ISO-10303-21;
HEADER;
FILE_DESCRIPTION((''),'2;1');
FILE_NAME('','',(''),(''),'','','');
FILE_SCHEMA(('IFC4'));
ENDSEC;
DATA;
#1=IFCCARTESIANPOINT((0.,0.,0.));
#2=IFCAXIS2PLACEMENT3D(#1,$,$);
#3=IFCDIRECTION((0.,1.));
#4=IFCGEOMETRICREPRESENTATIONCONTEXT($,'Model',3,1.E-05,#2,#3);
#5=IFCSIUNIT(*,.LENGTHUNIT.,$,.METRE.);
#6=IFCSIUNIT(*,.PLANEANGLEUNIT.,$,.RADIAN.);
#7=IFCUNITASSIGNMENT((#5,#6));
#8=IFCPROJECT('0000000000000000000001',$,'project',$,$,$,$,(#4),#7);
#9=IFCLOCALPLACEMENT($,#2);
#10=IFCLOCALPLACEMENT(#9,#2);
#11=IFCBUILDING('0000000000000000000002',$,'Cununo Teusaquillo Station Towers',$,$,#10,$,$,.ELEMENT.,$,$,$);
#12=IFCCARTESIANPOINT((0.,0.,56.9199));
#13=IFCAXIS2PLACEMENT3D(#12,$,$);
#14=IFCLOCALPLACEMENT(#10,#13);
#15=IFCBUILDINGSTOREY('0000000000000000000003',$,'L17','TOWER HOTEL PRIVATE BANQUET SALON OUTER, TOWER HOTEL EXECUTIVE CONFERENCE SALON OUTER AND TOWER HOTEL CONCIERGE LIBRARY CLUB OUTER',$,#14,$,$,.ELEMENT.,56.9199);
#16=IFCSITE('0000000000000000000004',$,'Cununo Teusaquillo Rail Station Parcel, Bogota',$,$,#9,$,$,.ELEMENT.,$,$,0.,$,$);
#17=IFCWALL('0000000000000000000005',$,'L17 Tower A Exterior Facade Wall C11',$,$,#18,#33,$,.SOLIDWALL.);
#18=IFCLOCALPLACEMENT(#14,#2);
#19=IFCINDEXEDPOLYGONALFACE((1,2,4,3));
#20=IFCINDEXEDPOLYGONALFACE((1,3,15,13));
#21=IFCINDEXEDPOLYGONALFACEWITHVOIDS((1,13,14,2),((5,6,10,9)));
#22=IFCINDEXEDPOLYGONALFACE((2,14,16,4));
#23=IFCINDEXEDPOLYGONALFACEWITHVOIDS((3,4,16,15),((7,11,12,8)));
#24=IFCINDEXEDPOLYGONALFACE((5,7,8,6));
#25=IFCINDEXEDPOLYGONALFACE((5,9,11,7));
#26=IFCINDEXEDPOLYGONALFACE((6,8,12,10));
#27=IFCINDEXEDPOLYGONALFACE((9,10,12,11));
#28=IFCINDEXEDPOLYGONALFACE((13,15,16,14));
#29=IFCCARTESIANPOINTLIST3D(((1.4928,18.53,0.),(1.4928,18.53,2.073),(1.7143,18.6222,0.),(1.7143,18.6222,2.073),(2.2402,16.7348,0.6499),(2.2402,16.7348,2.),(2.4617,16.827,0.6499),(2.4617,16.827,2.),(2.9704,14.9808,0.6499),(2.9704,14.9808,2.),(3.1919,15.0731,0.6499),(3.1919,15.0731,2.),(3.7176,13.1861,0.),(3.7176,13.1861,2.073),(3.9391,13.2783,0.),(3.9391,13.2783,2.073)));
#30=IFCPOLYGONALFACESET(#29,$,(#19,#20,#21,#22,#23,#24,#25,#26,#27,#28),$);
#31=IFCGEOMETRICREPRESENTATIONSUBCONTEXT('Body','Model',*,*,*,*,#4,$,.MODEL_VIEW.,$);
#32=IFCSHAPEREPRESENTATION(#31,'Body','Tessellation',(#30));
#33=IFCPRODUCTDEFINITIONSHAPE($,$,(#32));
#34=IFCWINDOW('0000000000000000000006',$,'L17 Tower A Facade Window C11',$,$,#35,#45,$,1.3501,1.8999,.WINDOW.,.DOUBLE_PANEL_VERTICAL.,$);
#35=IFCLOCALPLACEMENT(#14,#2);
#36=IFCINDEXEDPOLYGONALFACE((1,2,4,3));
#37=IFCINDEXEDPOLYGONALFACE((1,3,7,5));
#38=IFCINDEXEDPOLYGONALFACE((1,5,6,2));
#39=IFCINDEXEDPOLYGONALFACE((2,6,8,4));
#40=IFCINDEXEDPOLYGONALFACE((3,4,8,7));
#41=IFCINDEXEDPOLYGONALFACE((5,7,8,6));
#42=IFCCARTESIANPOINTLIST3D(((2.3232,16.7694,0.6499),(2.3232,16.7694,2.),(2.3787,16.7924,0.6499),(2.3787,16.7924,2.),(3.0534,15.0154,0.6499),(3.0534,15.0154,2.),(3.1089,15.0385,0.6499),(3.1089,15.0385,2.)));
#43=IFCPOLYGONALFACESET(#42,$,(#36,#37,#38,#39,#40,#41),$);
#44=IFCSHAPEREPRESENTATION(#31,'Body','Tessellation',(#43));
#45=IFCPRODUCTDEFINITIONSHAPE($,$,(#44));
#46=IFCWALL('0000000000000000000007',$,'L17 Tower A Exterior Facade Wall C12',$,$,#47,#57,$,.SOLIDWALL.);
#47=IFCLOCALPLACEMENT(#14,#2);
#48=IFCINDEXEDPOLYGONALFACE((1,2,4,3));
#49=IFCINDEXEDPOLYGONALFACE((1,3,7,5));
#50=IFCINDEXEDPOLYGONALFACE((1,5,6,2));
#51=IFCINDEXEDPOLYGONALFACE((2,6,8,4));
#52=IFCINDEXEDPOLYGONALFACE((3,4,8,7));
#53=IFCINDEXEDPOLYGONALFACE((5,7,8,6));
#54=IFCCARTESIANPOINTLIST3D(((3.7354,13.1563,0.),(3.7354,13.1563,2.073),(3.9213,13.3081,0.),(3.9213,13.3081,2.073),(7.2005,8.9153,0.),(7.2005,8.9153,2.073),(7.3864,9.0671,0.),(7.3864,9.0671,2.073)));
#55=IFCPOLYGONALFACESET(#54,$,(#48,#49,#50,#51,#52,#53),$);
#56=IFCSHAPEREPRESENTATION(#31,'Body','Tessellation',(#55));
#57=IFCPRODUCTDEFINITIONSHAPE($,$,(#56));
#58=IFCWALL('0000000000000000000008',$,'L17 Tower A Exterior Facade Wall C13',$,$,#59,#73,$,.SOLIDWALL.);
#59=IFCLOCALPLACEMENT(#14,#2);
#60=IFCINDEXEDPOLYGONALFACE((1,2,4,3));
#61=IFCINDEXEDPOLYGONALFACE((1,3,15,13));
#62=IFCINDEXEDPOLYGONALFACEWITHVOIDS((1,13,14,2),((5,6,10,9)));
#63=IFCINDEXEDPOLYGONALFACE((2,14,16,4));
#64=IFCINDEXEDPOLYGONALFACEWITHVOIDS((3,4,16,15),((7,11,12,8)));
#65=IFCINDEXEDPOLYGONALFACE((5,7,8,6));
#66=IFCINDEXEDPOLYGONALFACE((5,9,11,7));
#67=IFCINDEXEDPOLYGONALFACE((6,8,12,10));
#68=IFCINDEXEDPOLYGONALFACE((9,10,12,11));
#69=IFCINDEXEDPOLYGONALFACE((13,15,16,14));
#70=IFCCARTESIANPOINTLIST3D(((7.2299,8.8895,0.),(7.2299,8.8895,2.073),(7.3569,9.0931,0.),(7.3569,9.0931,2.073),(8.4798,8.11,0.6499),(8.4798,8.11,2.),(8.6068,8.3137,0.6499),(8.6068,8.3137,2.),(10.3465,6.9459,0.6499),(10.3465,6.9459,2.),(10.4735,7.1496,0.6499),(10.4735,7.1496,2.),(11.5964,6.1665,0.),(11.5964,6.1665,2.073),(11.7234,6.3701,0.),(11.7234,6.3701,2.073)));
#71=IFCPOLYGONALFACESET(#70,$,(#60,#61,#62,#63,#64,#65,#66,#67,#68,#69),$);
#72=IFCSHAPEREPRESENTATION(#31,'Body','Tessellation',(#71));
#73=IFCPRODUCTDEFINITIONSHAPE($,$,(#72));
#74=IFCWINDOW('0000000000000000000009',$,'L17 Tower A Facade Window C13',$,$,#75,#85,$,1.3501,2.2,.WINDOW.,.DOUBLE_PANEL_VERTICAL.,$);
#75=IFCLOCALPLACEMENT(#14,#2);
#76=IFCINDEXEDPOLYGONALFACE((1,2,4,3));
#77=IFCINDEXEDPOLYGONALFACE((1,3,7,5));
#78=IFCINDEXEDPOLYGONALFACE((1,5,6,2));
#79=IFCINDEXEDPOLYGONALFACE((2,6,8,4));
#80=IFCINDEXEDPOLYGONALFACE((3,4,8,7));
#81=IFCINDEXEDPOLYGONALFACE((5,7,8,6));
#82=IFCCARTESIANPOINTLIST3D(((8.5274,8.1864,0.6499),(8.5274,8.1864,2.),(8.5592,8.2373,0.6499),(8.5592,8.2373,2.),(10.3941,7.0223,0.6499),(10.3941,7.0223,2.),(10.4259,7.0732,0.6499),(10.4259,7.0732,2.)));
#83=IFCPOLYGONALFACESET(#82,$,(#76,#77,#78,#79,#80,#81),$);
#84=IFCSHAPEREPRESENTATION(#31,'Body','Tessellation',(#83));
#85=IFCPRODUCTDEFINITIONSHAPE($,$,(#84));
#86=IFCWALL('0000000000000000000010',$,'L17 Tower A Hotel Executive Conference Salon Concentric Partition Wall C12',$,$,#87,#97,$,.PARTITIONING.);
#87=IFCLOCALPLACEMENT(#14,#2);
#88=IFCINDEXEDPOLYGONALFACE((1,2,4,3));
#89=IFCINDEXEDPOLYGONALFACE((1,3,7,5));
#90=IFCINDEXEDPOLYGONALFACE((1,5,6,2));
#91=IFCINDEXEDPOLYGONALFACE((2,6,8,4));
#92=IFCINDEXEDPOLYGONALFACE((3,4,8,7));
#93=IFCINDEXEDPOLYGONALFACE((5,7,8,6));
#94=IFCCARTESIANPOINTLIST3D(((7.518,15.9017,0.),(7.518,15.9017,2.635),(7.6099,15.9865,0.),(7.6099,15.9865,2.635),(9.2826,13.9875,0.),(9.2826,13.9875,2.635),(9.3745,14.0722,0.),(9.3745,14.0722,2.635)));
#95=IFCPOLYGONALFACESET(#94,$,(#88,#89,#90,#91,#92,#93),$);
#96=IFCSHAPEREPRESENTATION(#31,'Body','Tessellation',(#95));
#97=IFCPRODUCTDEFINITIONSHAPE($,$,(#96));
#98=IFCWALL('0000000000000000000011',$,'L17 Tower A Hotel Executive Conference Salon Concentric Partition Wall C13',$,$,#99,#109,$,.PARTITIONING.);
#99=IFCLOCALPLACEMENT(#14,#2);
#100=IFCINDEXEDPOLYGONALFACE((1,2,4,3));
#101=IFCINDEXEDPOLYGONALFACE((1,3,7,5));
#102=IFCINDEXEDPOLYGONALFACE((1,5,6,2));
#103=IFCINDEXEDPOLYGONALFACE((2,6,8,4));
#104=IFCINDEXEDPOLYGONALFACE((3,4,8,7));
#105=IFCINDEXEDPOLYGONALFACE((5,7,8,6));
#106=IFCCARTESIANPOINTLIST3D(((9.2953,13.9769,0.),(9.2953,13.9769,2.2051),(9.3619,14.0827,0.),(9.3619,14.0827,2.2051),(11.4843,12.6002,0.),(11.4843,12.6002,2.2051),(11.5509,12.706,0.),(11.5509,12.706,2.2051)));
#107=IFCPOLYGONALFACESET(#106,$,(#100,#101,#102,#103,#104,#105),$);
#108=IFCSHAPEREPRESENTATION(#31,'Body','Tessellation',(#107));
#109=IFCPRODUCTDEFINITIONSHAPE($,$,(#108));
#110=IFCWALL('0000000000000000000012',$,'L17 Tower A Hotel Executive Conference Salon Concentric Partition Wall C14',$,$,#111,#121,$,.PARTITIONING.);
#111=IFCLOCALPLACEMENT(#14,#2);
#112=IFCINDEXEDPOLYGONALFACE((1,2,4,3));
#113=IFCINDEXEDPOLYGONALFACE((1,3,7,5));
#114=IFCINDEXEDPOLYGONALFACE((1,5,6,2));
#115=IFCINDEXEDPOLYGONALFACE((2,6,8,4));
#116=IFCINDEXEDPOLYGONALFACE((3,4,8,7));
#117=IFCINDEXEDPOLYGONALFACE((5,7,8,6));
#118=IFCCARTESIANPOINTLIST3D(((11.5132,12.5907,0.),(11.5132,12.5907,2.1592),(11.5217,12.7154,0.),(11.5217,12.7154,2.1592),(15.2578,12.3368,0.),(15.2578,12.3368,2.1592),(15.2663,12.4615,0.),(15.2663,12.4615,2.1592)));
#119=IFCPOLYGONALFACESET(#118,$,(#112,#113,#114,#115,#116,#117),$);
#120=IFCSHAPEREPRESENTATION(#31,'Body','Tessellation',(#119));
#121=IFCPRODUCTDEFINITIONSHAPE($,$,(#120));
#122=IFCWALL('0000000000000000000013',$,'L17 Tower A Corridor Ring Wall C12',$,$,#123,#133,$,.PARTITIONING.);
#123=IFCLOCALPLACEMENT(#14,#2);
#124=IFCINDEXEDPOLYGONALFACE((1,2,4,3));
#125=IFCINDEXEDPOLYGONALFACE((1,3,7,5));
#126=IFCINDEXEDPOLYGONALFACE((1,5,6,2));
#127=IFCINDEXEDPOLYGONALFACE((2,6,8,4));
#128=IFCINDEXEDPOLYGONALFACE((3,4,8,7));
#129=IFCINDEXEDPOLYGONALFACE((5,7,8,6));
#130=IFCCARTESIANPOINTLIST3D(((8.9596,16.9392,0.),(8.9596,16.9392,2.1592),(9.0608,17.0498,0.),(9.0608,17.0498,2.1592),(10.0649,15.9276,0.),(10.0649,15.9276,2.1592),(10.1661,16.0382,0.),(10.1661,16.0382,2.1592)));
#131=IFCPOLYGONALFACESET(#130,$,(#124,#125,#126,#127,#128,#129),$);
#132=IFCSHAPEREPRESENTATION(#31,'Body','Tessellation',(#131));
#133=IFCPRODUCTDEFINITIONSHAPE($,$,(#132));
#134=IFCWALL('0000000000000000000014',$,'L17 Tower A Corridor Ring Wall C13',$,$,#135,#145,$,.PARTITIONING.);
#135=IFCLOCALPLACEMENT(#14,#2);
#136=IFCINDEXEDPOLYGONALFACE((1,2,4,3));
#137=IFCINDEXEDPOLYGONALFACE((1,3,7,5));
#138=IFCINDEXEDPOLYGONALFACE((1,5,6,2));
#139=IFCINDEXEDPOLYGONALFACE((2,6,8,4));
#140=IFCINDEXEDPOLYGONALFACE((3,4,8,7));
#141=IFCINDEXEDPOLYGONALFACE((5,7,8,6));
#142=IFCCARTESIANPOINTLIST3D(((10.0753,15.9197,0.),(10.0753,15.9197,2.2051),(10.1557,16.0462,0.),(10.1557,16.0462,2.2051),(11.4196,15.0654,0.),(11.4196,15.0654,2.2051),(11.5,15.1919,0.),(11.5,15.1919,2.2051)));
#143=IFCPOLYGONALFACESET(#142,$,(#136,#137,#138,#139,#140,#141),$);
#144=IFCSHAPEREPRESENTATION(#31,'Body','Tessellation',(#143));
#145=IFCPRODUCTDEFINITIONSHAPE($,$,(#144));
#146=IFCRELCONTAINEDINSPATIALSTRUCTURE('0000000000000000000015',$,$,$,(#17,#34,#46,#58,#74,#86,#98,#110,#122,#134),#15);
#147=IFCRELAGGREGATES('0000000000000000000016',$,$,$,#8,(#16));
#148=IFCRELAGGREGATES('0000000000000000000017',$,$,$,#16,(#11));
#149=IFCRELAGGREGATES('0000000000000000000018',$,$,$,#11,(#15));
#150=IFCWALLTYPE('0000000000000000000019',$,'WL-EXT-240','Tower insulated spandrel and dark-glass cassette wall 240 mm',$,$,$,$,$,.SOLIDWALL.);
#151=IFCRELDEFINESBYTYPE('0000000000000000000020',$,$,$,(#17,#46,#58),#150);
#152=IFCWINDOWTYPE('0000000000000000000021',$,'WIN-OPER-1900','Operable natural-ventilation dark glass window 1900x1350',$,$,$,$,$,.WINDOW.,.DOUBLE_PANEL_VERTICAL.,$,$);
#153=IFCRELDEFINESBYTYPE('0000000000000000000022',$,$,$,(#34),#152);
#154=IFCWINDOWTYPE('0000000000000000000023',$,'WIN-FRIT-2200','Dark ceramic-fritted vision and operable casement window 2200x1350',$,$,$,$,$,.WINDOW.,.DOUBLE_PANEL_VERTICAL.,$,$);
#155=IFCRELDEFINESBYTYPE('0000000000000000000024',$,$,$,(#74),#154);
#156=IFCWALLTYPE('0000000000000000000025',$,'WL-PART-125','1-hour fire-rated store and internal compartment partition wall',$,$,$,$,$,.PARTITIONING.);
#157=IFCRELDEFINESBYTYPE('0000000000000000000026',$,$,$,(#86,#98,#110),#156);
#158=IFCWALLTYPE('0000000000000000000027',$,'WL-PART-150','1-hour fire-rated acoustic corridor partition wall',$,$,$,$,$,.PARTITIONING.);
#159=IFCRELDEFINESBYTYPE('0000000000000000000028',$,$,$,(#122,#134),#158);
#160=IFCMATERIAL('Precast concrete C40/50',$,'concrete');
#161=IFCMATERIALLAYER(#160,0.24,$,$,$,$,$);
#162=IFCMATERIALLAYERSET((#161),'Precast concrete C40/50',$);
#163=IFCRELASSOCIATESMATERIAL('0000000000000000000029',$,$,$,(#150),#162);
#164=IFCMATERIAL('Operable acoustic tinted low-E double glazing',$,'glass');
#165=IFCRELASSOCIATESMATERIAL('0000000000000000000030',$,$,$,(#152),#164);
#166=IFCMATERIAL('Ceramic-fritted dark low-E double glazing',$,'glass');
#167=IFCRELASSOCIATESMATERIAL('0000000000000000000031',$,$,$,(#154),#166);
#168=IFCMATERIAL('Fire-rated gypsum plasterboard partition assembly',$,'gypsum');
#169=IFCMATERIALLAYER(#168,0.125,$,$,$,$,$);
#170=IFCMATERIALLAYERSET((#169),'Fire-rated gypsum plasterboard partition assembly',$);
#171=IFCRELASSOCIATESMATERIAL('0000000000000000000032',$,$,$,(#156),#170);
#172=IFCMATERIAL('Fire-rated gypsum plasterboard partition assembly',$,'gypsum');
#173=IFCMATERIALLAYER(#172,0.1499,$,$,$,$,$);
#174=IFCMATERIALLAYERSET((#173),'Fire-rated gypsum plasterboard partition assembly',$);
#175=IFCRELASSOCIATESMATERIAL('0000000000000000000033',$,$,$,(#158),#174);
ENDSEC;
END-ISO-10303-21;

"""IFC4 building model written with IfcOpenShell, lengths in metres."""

from ifc_helpers import new_model, si_unit, direction, frame, frame_2d, origin, place, context, subcontext, project, spatial, rectangle, extrude, source, transform, mapped, material, layer, layer_set, type_object, element, fill, save


model = new_model("IFC4")

# Units and contexts
model_context = context("Model", 3, precision=1e-05, world=origin(), true_north=direction((0.0, 1.0)))
body_context = subcontext(model_context, "Body", "Model", "MODEL_VIEW")
ifc_project = project(units=[si_unit("LENGTHUNIT", "METRE"), si_unit("PLANEANGLEUNIT", "RADIAN")], contexts=[model_context])

# Site, building, storey
site_placement = place(None, origin())
site = spatial("IfcSite", under=ifc_project, at=site_placement, Name="Cununo Teusaquillo Rail Station Parcel, Bogota", CompositionType="ELEMENT", RefElevation=0.0)
building_placement = place(site_placement, origin())
building = spatial("IfcBuilding", under=site, at=building_placement, Name="Cununo Teusaquillo Station Towers", CompositionType="ELEMENT")
storey_placement = place(building_placement, frame((0.0, 0.0, 56.9199)))
storey = spatial("IfcBuildingStorey", under=building, at=storey_placement, Name="L17", Description="TOWER HOTEL PRIVATE BANQUET SALON OUTER, TOWER HOTEL EXECUTIVE CONFERENCE SALON OUTER AND TOWER HOTEL CONCIERGE LIBRARY CLUB OUTER", CompositionType="ELEMENT", Elevation=56.9199)

# Wall, opening, window
ifc_material_1 = material(Name="Precast concrete C40/50", Category="concrete")
ifc_layer_1 = layer(ifc_material_1, 0.24)
ifc_layer_set_1 = layer_set([ifc_layer_1], Name="Precast concrete C40/50")
wall_type_1 = type_object("IfcWallType", Name="WL-EXT-240", Description="Tower insulated spandrel and dark-glass cassette wall 240 mm", PredefinedType="SOLIDWALL", material=ifc_layer_set_1)
wall_1_placement = place(storey_placement, frame((3.8284, 13.2322, 0.0), z_axis=(0.0, 0.0, 1.0), x_axis=(-0.384349, 0.923188, 0.0)))
wall_1 = element("IfcWall", 1, at=wall_1_placement, inside=storey, type_object=wall_type_1, Name="L17 Tower A Exterior Facade Wall C11", PredefinedType="SOLIDWALL", context=body_context, shape_type="SweptSolid", body=[
    extrude(rectangle(XDim=5.7886, YDim=0.24, at=frame_2d((2.8943, 0.0))), origin(), (0.0, 0.0, 1.0), 2.073),
])
shared_shape_1 = source(origin(), body_context, "Body", "SweptSolid", [
    extrude(rectangle(XDim=1.8999, YDim=1.3501, at=frame_2d((0.95, 0.675))), frame((0.0, 0.1299, 0.0), z_axis=(0.0, -1.0, 0.0), x_axis=(1.0, 0.0, 0.0)), (0.0, 0.0, 1.0), 0.26),
])
opening_1_placement = place(wall_1_placement, frame((1.9441, 0.0, 0.6499)))
opening_1 = element("IfcOpeningElement", 2, at=opening_1_placement, cuts=wall_1, PredefinedType="OPENING", context=body_context, shape_type="MappedRepresentation", body=[
    mapped(shared_shape_1, transform((0.0, 0.0, 0.0), x_axis=(1.0, 0.0, 0.0), y_axis=(0.0, 1.0, 0.0), z_axis=(0.0, 0.0, 1.0), scale=1.0)),
])
ifc_material_2 = material(Name="Operable acoustic tinted low-E double glazing", Category="glass")
window_type_1 = type_object("IfcWindowType", Name="WIN-OPER-1900", Description="Operable natural-ventilation dark glass window 1900x1350", PartitioningType="DOUBLE_PANEL_VERTICAL", PredefinedType="WINDOW", material=ifc_material_2)
shared_shape_2 = source(origin(), body_context, "Body", "SweptSolid", [
    extrude(rectangle(XDim=1.8999, YDim=1.3501, at=frame_2d((0.95, 0.675))), frame((0.0, 0.03, 0.0), z_axis=(0.0, -1.0, 0.0), x_axis=(1.0, 0.0, 0.0)), (0.0, 0.0, 1.0), 0.0601),
])
window_1_placement = place(opening_1_placement, origin())
window_1 = element("IfcWindow", 3, at=window_1_placement, inside=storey, type_object=window_type_1, Name="L17 Tower A Facade Window C11", OverallHeight=1.3501, OverallWidth=1.8999, PartitioningType="DOUBLE_PANEL_VERTICAL", PredefinedType="WINDOW", context=body_context, shape_type="MappedRepresentation", body=[
    mapped(shared_shape_2, transform((0.0, 0.0, 0.0), x_axis=(1.0, 0.0, 0.0), y_axis=(0.0, 1.0, 0.0), z_axis=(0.0, 0.0, 1.0), scale=1.0)),
])
fill(opening_1, window_1)

# Wall
wall_2_placement = place(storey_placement, frame((7.2935, 8.9912, 0.0), z_axis=(0.0, 0.0, 1.0), x_axis=(-0.632713, 0.774386, 0.0)))
element("IfcWall", 4, at=wall_2_placement, inside=storey, type_object=wall_type_1, Name="L17 Tower A Exterior Facade Wall C12", PredefinedType="SOLIDWALL", context=body_context, shape_type="SweptSolid", body=[
    extrude(rectangle(XDim=5.4766, YDim=0.24, at=frame_2d((2.7383, 0.0))), origin(), (0.0, 0.0, 1.0), 2.073),
])

# Wall, opening, window
wall_3_placement = place(storey_placement, frame((11.6599, 6.2683, 0.0), z_axis=(0.0, 0.0, 1.0), x_axis=(-0.848534, 0.529141, 0.0)))
wall_3 = element("IfcWall", 5, at=wall_3_placement, inside=storey, type_object=wall_type_1, Name="L17 Tower A Exterior Facade Wall C13", PredefinedType="SOLIDWALL", context=body_context, shape_type="SweptSolid", body=[
    extrude(rectangle(XDim=5.146, YDim=0.24, at=frame_2d((2.573, 0.0))), origin(), (0.0, 0.0, 1.0), 2.073),
])
shared_shape_3 = source(origin(), body_context, "Body", "SweptSolid", [
    extrude(rectangle(XDim=2.2, YDim=1.3501, at=frame_2d((1.1001, 0.675))), frame((0.0, 0.1299, 0.0), z_axis=(0.0, -1.0, 0.0), x_axis=(1.0, 0.0, 0.0)), (0.0, 0.0, 1.0), 0.26),
])
opening_2_placement = place(wall_3_placement, frame((1.4729, 0.0, 0.6499)))
opening_2 = element("IfcOpeningElement", 6, at=opening_2_placement, cuts=wall_3, PredefinedType="OPENING", context=body_context, shape_type="MappedRepresentation", body=[
    mapped(shared_shape_3, transform((0.0, 0.0, 0.0), x_axis=(1.0, 0.0, 0.0), y_axis=(0.0, 1.0, 0.0), z_axis=(0.0, 0.0, 1.0), scale=1.0)),
])
ifc_material_3 = material(Name="Ceramic-fritted dark low-E double glazing", Category="glass")
window_type_2 = type_object("IfcWindowType", Name="WIN-FRIT-2200", Description="Dark ceramic-fritted vision and operable casement window 2200x1350", PartitioningType="DOUBLE_PANEL_VERTICAL", PredefinedType="WINDOW", material=ifc_material_3)
shared_shape_4 = source(origin(), body_context, "Body", "SweptSolid", [
    extrude(rectangle(XDim=2.2, YDim=1.3501, at=frame_2d((1.1001, 0.675))), frame((0.0, 0.03, 0.0), z_axis=(0.0, -1.0, 0.0), x_axis=(1.0, 0.0, 0.0)), (0.0, 0.0, 1.0), 0.0601),
])
window_2_placement = place(opening_2_placement, origin())
window_2 = element("IfcWindow", 7, at=window_2_placement, inside=storey, type_object=window_type_2, Name="L17 Tower A Facade Window C13", OverallHeight=1.3501, OverallWidth=2.2, PartitioningType="DOUBLE_PANEL_VERTICAL", PredefinedType="WINDOW", context=body_context, shape_type="MappedRepresentation", body=[
    mapped(shared_shape_4, transform((0.0, 0.0, 0.0), x_axis=(1.0, 0.0, 0.0), y_axis=(0.0, 1.0, 0.0), z_axis=(0.0, 0.0, 1.0), scale=1.0)),
])
fill(opening_2, window_2)

# Walls
ifc_material_4 = material(Name="Fire-rated gypsum plasterboard partition assembly", Category="gypsum")
ifc_layer_2 = layer(ifc_material_4, 0.125)
ifc_layer_set_2 = layer_set([ifc_layer_2], Name="Fire-rated gypsum plasterboard partition assembly")
wall_type_2 = type_object("IfcWallType", Name="WL-PART-125", Description="1-hour fire-rated store and internal compartment partition wall", PredefinedType="PARTITIONING", material=ifc_layer_set_2)
wall_4_placement = place(storey_placement, frame((7.564, 15.9441, 0.0), z_axis=(0.0, 0.0, 1.0), x_axis=(0.677781, -0.735263, 0.0)))
element("IfcWall", 8, at=wall_4_placement, inside=storey, type_object=wall_type_2, Name="L17 Tower A Hotel Executive Conference Salon Concentric Partition Wall C12", PredefinedType="PARTITIONING", context=body_context, shape_type="SweptSolid", body=[
    extrude(rectangle(XDim=2.6035, YDim=0.125, at=frame_2d((1.3018, 0.0))), origin(), (0.0, 0.0, 1.0), 2.635),
])
wall_5_placement = place(storey_placement, frame((9.3286, 14.0298, 0.0), z_axis=(0.0, 0.0, 1.0), x_axis=(0.846499, -0.53239, 0.0)))
element("IfcWall", 9, at=wall_5_placement, inside=storey, type_object=wall_type_2, Name="L17 Tower A Hotel Executive Conference Salon Concentric Partition Wall C13", PredefinedType="PARTITIONING", context=body_context, shape_type="SweptSolid", body=[
    extrude(rectangle(XDim=2.5859, YDim=0.125, at=frame_2d((1.293, 0.0))), origin(), (0.0, 0.0, 1.0), 2.2051),
])
wall_6_placement = place(storey_placement, frame((11.5176, 12.6531, 0.0), z_axis=(0.0, 0.0, 1.0), x_axis=(0.997709, -0.06765, 0.0)))
element("IfcWall", 10, at=wall_6_placement, inside=storey, type_object=wall_type_2, Name="L17 Tower A Hotel Executive Conference Salon Concentric Partition Wall C14", PredefinedType="PARTITIONING", context=body_context, shape_type="SweptSolid", body=[
    extrude(rectangle(XDim=3.7532, YDim=0.125, at=frame_2d((1.8765, 0.0))), origin(), (0.0, 0.0, 1.0), 2.1592),
])
ifc_material_5 = material(Name="Fire-rated gypsum plasterboard partition assembly", Category="gypsum")
ifc_layer_3 = layer(ifc_material_5, 0.1499)
ifc_layer_set_3 = layer_set([ifc_layer_3], Name="Fire-rated gypsum plasterboard partition assembly")
wall_type_3 = type_object("IfcWallType", Name="WL-PART-150", Description="1-hour fire-rated acoustic corridor partition wall", PredefinedType="PARTITIONING", material=ifc_layer_set_3)
wall_7_placement = place(storey_placement, frame((9.0103, 16.9944, 0.0), z_axis=(0.0, 0.0, 1.0), x_axis=(0.737702, -0.675127, 0.0)))
element("IfcWall", 11, at=wall_7_placement, inside=storey, type_object=wall_type_3, Name="L17 Tower A Corridor Ring Wall C12", PredefinedType="PARTITIONING", context=body_context, shape_type="SweptSolid", body=[
    extrude(rectangle(XDim=1.4983, YDim=0.1499, at=frame_2d((0.749, 0.0))), origin(), (0.0, 0.0, 1.0), 2.1592),
])
wall_8_placement = place(storey_placement, frame((10.1155, 15.9829, 0.0), z_axis=(0.0, 0.0, 1.0), x_axis=(0.843996, -0.53635, 0.0)))
element("IfcWall", 12, at=wall_8_placement, inside=storey, type_object=wall_type_3, Name="L17 Tower A Corridor Ring Wall C13", PredefinedType="PARTITIONING", context=body_context, shape_type="SweptSolid", body=[
    extrude(rectangle(XDim=1.5928, YDim=0.1499, at=frame_2d((0.7964, 0.0))), origin(), (0.0, 0.0, 1.0), 2.2051),
])

save(model, "model.ifc")
